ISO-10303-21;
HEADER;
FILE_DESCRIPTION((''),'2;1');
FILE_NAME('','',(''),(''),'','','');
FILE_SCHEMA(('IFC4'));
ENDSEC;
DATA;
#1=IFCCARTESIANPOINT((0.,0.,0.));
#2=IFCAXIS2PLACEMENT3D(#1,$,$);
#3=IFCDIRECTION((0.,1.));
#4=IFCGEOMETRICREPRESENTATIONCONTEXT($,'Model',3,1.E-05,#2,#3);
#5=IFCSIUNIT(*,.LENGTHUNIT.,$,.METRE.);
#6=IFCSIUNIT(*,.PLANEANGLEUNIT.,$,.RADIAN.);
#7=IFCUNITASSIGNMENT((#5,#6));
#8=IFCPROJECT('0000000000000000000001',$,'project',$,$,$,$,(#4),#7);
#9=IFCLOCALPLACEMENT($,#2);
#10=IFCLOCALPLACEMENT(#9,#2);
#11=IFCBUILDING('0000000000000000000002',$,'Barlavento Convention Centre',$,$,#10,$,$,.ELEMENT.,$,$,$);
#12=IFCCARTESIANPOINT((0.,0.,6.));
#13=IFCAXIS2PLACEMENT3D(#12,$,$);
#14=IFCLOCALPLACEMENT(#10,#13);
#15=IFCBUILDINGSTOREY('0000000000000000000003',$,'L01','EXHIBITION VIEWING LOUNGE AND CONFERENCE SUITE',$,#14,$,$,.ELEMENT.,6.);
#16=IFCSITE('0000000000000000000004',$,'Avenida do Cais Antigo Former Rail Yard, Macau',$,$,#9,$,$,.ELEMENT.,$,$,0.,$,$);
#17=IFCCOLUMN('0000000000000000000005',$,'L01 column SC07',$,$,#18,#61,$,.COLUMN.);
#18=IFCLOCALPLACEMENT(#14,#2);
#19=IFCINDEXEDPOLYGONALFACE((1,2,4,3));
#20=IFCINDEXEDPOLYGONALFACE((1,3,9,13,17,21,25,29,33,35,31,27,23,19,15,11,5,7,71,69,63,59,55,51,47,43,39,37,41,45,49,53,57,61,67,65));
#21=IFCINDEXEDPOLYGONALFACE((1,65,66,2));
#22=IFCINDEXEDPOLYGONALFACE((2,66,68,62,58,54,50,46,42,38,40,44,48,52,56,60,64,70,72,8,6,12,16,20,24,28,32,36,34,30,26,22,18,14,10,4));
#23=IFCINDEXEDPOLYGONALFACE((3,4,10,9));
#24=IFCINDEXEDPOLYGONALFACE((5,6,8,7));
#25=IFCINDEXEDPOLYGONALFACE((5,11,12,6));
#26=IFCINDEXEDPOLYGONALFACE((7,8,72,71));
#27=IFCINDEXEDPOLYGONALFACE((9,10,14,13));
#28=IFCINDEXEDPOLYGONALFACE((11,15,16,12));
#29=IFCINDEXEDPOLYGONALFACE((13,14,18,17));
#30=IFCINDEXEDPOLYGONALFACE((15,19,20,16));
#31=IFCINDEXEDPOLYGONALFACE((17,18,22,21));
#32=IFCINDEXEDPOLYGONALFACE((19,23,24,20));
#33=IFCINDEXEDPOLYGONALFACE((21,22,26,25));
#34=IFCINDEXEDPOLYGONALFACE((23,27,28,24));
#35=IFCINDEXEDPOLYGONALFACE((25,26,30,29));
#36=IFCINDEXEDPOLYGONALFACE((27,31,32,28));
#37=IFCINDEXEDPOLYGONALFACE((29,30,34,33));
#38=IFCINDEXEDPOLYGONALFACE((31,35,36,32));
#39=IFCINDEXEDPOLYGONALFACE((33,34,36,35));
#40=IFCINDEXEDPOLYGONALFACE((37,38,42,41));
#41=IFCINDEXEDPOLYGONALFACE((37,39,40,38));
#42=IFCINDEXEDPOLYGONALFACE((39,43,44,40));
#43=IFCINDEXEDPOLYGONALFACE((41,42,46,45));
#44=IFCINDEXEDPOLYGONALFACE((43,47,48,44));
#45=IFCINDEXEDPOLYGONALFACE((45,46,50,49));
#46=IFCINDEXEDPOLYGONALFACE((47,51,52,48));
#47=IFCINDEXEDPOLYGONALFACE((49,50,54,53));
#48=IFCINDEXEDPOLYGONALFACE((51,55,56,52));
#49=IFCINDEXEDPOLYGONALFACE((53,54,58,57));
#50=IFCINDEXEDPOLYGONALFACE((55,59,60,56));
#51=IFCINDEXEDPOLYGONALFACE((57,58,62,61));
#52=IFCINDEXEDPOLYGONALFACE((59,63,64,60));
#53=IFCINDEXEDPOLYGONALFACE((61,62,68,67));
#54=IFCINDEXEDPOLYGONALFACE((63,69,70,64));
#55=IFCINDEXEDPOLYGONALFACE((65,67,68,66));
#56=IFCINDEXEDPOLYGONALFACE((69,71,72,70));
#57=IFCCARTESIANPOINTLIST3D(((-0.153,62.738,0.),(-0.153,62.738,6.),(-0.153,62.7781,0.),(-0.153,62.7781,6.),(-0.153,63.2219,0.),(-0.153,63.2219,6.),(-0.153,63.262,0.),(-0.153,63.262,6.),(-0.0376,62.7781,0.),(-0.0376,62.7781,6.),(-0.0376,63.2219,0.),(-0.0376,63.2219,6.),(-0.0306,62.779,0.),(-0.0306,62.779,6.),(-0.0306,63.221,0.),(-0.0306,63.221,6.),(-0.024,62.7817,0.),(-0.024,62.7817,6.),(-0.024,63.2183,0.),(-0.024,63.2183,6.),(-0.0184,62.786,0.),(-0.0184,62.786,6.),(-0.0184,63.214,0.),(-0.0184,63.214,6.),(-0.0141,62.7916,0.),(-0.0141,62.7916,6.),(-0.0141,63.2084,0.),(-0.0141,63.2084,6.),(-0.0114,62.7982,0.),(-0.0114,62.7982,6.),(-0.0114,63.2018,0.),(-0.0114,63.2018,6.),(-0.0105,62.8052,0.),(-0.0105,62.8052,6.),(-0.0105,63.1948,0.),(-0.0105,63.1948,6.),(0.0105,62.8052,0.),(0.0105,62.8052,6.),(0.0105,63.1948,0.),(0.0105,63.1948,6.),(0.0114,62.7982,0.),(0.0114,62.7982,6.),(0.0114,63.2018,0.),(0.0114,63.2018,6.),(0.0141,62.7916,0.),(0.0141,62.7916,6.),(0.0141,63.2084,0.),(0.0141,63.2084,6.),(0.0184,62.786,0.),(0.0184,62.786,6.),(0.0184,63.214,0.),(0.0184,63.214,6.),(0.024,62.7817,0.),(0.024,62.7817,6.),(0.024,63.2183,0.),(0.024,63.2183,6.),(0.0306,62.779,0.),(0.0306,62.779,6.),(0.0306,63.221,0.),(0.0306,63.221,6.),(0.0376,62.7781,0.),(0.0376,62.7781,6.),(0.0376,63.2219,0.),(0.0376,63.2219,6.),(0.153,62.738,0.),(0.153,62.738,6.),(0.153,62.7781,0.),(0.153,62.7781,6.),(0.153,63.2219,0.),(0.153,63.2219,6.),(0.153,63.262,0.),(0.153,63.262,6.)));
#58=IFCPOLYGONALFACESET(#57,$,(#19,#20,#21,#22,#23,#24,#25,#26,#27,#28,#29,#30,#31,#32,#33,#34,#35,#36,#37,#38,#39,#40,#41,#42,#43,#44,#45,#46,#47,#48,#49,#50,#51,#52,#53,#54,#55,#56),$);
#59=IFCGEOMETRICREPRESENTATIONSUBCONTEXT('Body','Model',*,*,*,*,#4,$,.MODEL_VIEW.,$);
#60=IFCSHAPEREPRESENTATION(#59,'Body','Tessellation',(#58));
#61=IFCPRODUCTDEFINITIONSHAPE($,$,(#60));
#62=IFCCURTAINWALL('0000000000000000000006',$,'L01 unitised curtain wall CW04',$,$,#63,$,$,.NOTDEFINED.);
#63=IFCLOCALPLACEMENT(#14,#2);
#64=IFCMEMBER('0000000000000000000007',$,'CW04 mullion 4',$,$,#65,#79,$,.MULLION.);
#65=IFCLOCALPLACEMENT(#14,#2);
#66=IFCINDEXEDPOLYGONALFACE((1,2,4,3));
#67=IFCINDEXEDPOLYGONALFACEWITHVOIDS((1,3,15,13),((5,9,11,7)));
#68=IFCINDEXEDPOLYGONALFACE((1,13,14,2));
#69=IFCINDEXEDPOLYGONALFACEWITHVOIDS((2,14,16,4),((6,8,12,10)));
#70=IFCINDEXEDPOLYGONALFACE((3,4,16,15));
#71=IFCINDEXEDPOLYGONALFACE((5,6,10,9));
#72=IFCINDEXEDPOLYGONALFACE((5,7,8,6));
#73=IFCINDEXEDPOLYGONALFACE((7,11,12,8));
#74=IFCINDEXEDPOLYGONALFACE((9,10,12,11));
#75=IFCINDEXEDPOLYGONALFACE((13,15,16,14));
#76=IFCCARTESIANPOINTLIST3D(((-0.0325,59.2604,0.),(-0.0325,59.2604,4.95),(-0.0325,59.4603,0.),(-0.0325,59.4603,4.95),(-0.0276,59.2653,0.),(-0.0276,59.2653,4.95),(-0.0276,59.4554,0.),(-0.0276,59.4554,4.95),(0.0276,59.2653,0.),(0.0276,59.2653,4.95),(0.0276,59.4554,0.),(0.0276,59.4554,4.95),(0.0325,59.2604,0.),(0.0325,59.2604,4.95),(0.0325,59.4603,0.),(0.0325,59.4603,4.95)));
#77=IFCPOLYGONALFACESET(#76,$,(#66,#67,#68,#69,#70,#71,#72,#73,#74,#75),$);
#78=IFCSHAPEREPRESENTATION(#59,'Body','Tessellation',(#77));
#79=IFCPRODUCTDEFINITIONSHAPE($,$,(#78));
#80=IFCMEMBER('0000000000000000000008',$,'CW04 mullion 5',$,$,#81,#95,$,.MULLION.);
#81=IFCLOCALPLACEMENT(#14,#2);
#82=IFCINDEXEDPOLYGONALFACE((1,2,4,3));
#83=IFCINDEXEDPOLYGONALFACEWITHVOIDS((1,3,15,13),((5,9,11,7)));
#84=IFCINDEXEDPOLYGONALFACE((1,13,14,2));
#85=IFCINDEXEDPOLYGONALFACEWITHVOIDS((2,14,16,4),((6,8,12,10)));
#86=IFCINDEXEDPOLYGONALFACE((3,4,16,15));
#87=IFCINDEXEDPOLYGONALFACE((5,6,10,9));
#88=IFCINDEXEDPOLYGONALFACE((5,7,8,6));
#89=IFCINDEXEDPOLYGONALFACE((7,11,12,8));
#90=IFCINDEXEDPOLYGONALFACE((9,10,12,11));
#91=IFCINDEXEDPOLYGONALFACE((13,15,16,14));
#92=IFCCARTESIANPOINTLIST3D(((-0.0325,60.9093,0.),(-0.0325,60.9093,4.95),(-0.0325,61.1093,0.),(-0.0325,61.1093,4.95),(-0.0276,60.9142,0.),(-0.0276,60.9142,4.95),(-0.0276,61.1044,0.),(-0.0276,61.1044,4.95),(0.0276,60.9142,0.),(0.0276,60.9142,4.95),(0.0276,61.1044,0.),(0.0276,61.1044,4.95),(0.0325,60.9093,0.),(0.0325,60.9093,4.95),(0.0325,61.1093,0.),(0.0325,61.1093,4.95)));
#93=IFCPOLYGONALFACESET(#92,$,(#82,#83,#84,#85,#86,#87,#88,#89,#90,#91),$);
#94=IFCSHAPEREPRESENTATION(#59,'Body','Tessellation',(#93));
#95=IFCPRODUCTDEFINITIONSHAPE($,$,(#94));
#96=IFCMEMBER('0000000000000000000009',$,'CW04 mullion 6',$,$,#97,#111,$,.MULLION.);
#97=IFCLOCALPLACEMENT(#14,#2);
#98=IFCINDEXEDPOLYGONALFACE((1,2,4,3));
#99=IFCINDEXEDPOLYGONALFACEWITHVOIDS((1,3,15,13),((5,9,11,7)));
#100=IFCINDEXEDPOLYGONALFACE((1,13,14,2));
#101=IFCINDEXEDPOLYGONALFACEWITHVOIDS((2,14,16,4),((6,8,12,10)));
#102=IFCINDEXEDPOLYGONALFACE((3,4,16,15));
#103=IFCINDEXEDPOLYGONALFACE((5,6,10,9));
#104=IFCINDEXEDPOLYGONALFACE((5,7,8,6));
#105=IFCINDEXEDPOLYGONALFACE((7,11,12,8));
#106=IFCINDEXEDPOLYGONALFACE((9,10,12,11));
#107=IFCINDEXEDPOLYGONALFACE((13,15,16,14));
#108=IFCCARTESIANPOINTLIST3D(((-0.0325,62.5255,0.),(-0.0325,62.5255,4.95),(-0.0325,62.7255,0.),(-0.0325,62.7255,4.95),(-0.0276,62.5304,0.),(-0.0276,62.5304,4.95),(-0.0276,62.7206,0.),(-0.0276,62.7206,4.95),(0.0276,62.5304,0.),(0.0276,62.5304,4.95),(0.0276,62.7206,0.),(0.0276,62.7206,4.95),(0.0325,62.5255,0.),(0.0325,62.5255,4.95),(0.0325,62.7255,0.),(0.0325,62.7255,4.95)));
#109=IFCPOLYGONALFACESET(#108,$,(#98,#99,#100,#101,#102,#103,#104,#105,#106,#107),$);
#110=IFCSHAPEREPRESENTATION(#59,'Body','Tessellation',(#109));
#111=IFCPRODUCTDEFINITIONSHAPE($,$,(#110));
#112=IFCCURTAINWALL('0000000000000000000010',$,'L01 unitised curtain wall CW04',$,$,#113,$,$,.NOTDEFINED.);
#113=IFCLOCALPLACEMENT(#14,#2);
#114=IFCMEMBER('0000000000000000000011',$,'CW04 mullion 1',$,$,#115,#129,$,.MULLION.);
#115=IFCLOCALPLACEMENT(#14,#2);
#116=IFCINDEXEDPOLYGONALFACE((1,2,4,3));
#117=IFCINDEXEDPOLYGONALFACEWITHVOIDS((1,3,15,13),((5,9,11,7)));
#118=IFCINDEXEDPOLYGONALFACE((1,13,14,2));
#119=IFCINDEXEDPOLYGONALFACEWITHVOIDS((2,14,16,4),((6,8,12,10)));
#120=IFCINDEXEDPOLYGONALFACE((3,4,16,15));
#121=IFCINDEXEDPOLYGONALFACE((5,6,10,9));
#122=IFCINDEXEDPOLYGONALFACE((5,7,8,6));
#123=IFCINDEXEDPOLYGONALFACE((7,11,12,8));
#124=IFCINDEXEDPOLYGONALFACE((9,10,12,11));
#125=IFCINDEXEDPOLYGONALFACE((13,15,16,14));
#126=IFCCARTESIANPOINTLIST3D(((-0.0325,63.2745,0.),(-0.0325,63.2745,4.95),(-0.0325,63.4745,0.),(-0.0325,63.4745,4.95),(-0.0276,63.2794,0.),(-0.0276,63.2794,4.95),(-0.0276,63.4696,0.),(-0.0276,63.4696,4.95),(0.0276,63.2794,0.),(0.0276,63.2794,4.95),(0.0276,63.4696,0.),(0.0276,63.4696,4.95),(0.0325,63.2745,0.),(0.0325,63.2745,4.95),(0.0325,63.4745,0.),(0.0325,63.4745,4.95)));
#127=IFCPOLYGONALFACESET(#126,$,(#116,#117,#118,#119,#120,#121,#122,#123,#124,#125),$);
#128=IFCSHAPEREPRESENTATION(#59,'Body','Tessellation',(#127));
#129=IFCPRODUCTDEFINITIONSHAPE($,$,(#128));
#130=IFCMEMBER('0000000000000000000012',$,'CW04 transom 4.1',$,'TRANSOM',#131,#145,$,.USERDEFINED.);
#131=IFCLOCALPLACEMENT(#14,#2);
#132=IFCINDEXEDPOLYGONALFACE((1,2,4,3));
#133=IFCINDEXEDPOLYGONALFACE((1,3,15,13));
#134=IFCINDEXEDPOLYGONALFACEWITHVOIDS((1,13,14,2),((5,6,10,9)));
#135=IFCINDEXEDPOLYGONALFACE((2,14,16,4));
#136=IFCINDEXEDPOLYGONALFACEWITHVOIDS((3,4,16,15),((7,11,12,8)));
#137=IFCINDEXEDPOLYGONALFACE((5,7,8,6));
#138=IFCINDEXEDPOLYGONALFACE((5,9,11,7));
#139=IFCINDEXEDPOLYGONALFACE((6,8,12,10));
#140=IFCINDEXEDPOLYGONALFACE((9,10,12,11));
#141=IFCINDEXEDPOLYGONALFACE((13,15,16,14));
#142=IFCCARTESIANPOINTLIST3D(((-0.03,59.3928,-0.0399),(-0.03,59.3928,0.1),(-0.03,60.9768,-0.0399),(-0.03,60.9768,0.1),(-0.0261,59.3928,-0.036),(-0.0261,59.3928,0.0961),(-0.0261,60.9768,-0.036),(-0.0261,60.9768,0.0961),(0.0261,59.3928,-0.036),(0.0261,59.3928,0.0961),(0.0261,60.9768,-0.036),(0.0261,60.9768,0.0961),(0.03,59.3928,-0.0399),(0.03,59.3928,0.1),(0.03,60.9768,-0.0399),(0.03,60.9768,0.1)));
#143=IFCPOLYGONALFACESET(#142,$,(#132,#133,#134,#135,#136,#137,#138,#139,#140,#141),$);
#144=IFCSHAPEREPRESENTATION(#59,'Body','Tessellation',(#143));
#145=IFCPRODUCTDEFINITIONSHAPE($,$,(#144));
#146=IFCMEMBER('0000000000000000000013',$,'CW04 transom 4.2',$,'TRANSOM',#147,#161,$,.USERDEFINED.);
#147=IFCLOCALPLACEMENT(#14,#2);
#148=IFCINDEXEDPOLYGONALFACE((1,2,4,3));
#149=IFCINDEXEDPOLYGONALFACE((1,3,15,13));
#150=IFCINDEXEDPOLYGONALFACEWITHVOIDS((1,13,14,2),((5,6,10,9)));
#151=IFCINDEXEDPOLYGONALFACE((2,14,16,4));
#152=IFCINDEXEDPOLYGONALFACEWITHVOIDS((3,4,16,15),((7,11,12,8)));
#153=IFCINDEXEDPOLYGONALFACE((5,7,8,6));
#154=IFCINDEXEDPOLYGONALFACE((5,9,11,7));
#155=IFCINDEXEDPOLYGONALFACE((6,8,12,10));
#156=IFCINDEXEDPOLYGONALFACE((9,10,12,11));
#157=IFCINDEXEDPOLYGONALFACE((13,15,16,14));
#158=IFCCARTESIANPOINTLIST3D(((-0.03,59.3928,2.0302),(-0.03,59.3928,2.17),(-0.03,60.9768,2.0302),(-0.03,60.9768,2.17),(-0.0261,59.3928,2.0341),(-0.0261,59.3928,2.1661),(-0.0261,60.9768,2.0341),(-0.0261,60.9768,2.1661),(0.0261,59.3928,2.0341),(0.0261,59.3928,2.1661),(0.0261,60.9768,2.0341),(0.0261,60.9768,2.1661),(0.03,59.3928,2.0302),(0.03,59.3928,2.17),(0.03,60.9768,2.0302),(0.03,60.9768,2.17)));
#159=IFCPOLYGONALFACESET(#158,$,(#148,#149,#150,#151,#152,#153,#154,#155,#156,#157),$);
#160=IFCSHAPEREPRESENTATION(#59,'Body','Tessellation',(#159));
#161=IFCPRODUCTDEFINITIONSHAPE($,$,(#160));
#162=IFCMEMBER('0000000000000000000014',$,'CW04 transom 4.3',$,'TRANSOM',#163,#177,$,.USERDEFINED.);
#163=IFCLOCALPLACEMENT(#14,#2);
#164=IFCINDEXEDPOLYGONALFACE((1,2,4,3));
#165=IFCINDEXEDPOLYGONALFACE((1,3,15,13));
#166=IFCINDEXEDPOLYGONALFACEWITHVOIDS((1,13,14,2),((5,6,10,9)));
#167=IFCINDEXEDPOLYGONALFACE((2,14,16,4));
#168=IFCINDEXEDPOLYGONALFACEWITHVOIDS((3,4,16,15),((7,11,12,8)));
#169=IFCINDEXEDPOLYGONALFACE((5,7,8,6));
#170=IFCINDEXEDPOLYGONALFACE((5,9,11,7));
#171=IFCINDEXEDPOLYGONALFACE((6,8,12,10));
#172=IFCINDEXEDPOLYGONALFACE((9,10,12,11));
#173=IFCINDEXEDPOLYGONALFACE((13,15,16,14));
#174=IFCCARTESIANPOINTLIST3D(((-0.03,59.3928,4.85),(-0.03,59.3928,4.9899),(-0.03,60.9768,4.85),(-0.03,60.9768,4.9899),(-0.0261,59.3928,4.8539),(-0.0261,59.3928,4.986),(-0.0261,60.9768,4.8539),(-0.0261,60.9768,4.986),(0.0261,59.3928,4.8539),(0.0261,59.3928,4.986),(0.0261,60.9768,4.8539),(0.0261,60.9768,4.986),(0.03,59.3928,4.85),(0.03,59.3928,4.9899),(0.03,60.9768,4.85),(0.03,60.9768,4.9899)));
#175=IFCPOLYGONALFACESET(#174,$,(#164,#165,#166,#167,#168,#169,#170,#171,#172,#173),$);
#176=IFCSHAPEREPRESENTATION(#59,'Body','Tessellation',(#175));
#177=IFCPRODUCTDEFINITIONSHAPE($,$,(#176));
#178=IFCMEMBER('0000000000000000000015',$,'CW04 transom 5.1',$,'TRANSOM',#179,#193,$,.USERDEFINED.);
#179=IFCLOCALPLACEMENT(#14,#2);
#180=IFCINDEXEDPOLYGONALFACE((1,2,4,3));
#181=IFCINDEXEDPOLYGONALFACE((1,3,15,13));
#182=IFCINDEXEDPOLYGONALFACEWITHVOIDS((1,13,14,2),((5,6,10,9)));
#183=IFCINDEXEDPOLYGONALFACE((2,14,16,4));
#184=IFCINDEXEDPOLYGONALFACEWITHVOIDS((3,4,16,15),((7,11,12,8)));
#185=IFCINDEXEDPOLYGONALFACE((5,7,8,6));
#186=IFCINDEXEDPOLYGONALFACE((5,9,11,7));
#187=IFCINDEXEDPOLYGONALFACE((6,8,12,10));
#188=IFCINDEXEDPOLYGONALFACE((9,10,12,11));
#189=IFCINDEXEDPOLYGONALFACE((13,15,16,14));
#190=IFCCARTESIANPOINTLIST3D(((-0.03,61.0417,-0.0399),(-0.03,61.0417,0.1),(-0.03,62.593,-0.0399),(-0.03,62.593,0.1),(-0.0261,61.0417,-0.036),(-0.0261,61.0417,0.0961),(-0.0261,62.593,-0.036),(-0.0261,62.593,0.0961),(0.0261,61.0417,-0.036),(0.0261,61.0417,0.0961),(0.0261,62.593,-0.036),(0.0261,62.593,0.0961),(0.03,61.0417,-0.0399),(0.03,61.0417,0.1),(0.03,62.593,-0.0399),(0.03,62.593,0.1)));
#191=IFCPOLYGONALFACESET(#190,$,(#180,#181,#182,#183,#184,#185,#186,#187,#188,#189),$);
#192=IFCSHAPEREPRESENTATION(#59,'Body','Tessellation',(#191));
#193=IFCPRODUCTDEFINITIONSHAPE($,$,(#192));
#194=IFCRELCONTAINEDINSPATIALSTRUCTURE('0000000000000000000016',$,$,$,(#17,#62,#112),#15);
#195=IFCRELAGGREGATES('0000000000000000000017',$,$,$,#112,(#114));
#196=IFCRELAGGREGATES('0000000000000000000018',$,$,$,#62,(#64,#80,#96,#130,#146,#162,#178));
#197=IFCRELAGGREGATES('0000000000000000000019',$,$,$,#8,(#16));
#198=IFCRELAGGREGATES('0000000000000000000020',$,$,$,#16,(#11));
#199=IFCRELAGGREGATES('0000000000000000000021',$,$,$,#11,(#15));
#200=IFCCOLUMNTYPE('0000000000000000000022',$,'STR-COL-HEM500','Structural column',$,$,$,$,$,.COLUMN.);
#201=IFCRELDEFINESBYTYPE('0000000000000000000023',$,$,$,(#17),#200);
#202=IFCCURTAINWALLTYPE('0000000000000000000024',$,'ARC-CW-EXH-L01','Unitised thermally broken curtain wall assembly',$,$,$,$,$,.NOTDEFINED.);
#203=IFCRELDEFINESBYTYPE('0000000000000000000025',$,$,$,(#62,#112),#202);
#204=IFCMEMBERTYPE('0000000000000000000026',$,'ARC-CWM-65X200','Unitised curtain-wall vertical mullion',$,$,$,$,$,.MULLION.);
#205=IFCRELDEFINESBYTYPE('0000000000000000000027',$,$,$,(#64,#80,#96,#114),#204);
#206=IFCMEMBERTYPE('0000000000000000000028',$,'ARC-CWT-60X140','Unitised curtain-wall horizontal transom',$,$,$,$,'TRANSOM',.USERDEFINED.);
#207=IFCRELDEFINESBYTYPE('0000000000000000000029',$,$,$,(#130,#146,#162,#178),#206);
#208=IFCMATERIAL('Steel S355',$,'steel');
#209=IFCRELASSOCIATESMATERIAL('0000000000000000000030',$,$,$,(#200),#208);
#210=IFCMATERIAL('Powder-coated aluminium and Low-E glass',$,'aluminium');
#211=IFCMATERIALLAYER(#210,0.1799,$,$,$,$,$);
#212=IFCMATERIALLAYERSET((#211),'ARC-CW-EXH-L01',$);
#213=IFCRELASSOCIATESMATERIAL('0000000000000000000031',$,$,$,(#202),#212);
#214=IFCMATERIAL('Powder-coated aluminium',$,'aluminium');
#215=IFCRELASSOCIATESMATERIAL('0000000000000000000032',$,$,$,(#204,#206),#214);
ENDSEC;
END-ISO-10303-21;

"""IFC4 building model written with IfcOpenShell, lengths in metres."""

from ifc_helpers import new_model, si_unit, direction, frame, origin, origin_2d, place, context, subcontext, project, spatial, hollow_rectangle, i_section, extrude, material, layer, layer_set, material_profile, profile_set, type_object, element, aggregate, save


model = new_model("IFC4")

# Units and contexts
model_context = context("Model", 3, precision=1e-05, world=origin(), true_north=direction((0.0, 1.0)))
body_context = subcontext(model_context, "Body", "Model", "MODEL_VIEW")
ifc_project = project(units=[si_unit("LENGTHUNIT", "METRE"), si_unit("PLANEANGLEUNIT", "RADIAN")], contexts=[model_context])

# Site, building, storey
site_placement = place(None, origin())
site = spatial("IfcSite", under=ifc_project, at=site_placement, Name="Avenida do Cais Antigo Former Rail Yard, Macau", CompositionType="ELEMENT", RefElevation=0.0)
building_placement = place(site_placement, origin())
building = spatial("IfcBuilding", under=site, at=building_placement, Name="Barlavento Convention Centre", CompositionType="ELEMENT")
storey_placement = place(building_placement, frame((0.0, 0.0, 6.0)))
storey = spatial("IfcBuildingStorey", under=building, at=storey_placement, Name="L01", Description="EXHIBITION VIEWING LOUNGE AND CONFERENCE SUITE", CompositionType="ELEMENT", Elevation=6.0)

# Column
ifc_material_1 = material(Name="Steel S355", Category="steel")
ifc_material_profile_1 = material_profile(ifc_material_1, i_section(OverallWidth=0.3059, OverallDepth=0.5239, WebThickness=0.021, FlangeThickness=0.04, FilletRadius=0.0271, at=origin_2d()), Name="HEM 500")
ifc_profile_set_1 = profile_set([ifc_material_profile_1], Name="Steel S355")
column_type = type_object("IfcColumnType", Name="STR-COL-HEM500", Description="Structural column", PredefinedType="COLUMN", material=ifc_profile_set_1)
column_placement = place(storey_placement, frame((0.0, 63.0, 0.0), z_axis=(0.0, 0.0, 1.0), x_axis=(1.0, 0.0, 0.0)))
element("IfcColumn", 1, at=column_placement, inside=storey, type_object=column_type, Name="L01 column SC07", PredefinedType="COLUMN", context=body_context, shape_type="SweptSolid", body=[
    extrude(i_section(OverallWidth=0.3059, OverallDepth=0.5239, WebThickness=0.021, FlangeThickness=0.04, FilletRadius=0.0271, at=origin_2d()), origin(), (0.0, 0.0, 1.0), 6.0),
])

# Curtain wall, members
ifc_material_2 = material(Name="Powder-coated aluminium and Low-E glass", Category="aluminium")
ifc_layer_1 = layer(ifc_material_2, 0.1799)
ifc_layer_set_1 = layer_set([ifc_layer_1], Name="ARC-CW-EXH-L01")
curtain_wall_type = type_object("IfcCurtainWallType", Name="ARC-CW-EXH-L01", Description="Unitised thermally broken curtain wall assembly", PredefinedType="NOTDEFINED", material=ifc_layer_set_1)
curtain_wall_1_placement = place(storey_placement, origin())
curtain_wall_1 = element("IfcCurtainWall", 2, at=curtain_wall_1_placement, inside=storey, type_object=curtain_wall_type, Name="L01 unitised curtain wall CW04", PredefinedType="NOTDEFINED")
ifc_material_3 = material(Name="Powder-coated aluminium", Category="aluminium")
ifc_material_profile_2 = material_profile(ifc_material_3, hollow_rectangle(XDim=0.0649, YDim=0.2, WallThickness=0.0049, at=origin_2d()), Name="AL-MULL 65x200x5")
ifc_profile_set_2 = profile_set([ifc_material_profile_2], Name="Powder-coated aluminium")
member_type_1 = type_object("IfcMemberType", Name="ARC-CWM-65X200", Description="Unitised curtain-wall vertical mullion", PredefinedType="MULLION", material=ifc_profile_set_2)
member_1_placement = place(storey_placement, frame((0.0, 59.3604, 0.0), z_axis=(0.0, 0.0, 1.0), x_axis=(-1.0, 0.0, 0.0)))
member_1 = element("IfcMember", 3, at=member_1_placement, type_object=member_type_1, Name="CW04 mullion 4", PredefinedType="MULLION", context=body_context, shape_type="SweptSolid", body=[
    extrude(hollow_rectangle(XDim=0.0649, YDim=0.2, WallThickness=0.0049, at=origin_2d()), origin(), (0.0, 0.0, 1.0), 4.95),
])
member_2_placement = place(storey_placement, frame((0.0, 61.0093, 0.0), z_axis=(0.0, 0.0, 1.0), x_axis=(-1.0, 0.0, 0.0)))
member_2 = element("IfcMember", 4, at=member_2_placement, type_object=member_type_1, Name="CW04 mullion 5", PredefinedType="MULLION", context=body_context, shape_type="SweptSolid", body=[
    extrude(hollow_rectangle(XDim=0.0649, YDim=0.2, WallThickness=0.0049, at=origin_2d()), origin(), (0.0, 0.0, 1.0), 4.95),
])
member_3_placement = place(storey_placement, frame((0.0, 62.6255, 0.0), z_axis=(0.0, 0.0, 1.0), x_axis=(-1.0, 0.0, 0.0)))
member_3 = element("IfcMember", 5, at=member_3_placement, type_object=member_type_1, Name="CW04 mullion 6", PredefinedType="MULLION", context=body_context, shape_type="SweptSolid", body=[
    extrude(hollow_rectangle(XDim=0.0649, YDim=0.2, WallThickness=0.0049, at=origin_2d()), origin(), (0.0, 0.0, 1.0), 4.95),
])

# Curtain wall, member
curtain_wall_2_placement = place(storey_placement, origin())
curtain_wall_2 = element("IfcCurtainWall", 6, at=curtain_wall_2_placement, inside=storey, type_object=curtain_wall_type, Name="L01 unitised curtain wall CW04", PredefinedType="NOTDEFINED")
member_4_placement = place(storey_placement, frame((0.0, 63.3745, 0.0), z_axis=(0.0, 0.0, 1.0), x_axis=(-1.0, 0.0, 0.0)))
member_4 = element("IfcMember", 7, at=member_4_placement, type_object=member_type_1, Name="CW04 mullion 1", PredefinedType="MULLION", context=body_context, shape_type="SweptSolid", body=[
    extrude(hollow_rectangle(XDim=0.0649, YDim=0.2, WallThickness=0.0049, at=origin_2d()), origin(), (0.0, 0.0, 1.0), 4.95),
])

# Members
ifc_material_profile_3 = material_profile(ifc_material_3, hollow_rectangle(XDim=0.0601, YDim=0.1399, WallThickness=0.0039, at=origin_2d()), Name="AL-TRAN 60x140x4")
ifc_profile_set_3 = profile_set([ifc_material_profile_3], Name="Powder-coated aluminium")
member_type_2 = type_object("IfcMemberType", Name="ARC-CWT-60X140", Description="Unitised curtain-wall horizontal transom", ElementType="TRANSOM", PredefinedType="USERDEFINED", material=ifc_profile_set_3)
member_5_placement = place(storey_placement, frame((0.0, 59.3928, 0.03), z_axis=(0.0, 1.0, 0.0), x_axis=(-1.0, 0.0, 0.0)))
member_5 = element("IfcMember", 8, at=member_5_placement, type_object=member_type_2, Name="CW04 transom 4.1", ObjectType="TRANSOM", PredefinedType="USERDEFINED", context=body_context, shape_type="SweptSolid", body=[
    extrude(hollow_rectangle(XDim=0.0601, YDim=0.1399, WallThickness=0.0039, at=origin_2d()), origin(), (0.0, 0.0, 1.0), 1.584),
])
member_6_placement = place(storey_placement, frame((0.0, 59.3928, 2.1001), z_axis=(0.0, 1.0, 0.0), x_axis=(-1.0, 0.0, 0.0)))
member_6 = element("IfcMember", 9, at=member_6_placement, type_object=member_type_2, Name="CW04 transom 4.2", ObjectType="TRANSOM", PredefinedType="USERDEFINED", context=body_context, shape_type="SweptSolid", body=[
    extrude(hollow_rectangle(XDim=0.0601, YDim=0.1399, WallThickness=0.0039, at=origin_2d()), origin(), (0.0, 0.0, 1.0), 1.584),
])
member_7_placement = place(storey_placement, frame((0.0, 59.3928, 4.9199), z_axis=(0.0, 1.0, 0.0), x_axis=(-1.0, 0.0, 0.0)))
member_7 = element("IfcMember", 10, at=member_7_placement, type_object=member_type_2, Name="CW04 transom 4.3", ObjectType="TRANSOM", PredefinedType="USERDEFINED", context=body_context, shape_type="SweptSolid", body=[
    extrude(hollow_rectangle(XDim=0.0601, YDim=0.1399, WallThickness=0.0039, at=origin_2d()), origin(), (0.0, 0.0, 1.0), 1.584),
])
member_8_placement = place(storey_placement, frame((0.0, 61.0417, 0.03), z_axis=(0.0, 1.0, 0.0), x_axis=(-1.0, 0.0, 0.0)))
member_8 = element("IfcMember", 11, at=member_8_placement, type_object=member_type_2, Name="CW04 transom 5.1", ObjectType="TRANSOM", PredefinedType="USERDEFINED", context=body_context, shape_type="SweptSolid", body=[
    extrude(hollow_rectangle(XDim=0.0601, YDim=0.1399, WallThickness=0.0039, at=origin_2d()), origin(), (0.0, 0.0, 1.0), 1.5513),
])
aggregate(curtain_wall_2, [member_4])

aggregate(curtain_wall_1, [member_1, member_2, member_3, member_5, member_6, member_7, member_8])

save(model, "model.ifc")
